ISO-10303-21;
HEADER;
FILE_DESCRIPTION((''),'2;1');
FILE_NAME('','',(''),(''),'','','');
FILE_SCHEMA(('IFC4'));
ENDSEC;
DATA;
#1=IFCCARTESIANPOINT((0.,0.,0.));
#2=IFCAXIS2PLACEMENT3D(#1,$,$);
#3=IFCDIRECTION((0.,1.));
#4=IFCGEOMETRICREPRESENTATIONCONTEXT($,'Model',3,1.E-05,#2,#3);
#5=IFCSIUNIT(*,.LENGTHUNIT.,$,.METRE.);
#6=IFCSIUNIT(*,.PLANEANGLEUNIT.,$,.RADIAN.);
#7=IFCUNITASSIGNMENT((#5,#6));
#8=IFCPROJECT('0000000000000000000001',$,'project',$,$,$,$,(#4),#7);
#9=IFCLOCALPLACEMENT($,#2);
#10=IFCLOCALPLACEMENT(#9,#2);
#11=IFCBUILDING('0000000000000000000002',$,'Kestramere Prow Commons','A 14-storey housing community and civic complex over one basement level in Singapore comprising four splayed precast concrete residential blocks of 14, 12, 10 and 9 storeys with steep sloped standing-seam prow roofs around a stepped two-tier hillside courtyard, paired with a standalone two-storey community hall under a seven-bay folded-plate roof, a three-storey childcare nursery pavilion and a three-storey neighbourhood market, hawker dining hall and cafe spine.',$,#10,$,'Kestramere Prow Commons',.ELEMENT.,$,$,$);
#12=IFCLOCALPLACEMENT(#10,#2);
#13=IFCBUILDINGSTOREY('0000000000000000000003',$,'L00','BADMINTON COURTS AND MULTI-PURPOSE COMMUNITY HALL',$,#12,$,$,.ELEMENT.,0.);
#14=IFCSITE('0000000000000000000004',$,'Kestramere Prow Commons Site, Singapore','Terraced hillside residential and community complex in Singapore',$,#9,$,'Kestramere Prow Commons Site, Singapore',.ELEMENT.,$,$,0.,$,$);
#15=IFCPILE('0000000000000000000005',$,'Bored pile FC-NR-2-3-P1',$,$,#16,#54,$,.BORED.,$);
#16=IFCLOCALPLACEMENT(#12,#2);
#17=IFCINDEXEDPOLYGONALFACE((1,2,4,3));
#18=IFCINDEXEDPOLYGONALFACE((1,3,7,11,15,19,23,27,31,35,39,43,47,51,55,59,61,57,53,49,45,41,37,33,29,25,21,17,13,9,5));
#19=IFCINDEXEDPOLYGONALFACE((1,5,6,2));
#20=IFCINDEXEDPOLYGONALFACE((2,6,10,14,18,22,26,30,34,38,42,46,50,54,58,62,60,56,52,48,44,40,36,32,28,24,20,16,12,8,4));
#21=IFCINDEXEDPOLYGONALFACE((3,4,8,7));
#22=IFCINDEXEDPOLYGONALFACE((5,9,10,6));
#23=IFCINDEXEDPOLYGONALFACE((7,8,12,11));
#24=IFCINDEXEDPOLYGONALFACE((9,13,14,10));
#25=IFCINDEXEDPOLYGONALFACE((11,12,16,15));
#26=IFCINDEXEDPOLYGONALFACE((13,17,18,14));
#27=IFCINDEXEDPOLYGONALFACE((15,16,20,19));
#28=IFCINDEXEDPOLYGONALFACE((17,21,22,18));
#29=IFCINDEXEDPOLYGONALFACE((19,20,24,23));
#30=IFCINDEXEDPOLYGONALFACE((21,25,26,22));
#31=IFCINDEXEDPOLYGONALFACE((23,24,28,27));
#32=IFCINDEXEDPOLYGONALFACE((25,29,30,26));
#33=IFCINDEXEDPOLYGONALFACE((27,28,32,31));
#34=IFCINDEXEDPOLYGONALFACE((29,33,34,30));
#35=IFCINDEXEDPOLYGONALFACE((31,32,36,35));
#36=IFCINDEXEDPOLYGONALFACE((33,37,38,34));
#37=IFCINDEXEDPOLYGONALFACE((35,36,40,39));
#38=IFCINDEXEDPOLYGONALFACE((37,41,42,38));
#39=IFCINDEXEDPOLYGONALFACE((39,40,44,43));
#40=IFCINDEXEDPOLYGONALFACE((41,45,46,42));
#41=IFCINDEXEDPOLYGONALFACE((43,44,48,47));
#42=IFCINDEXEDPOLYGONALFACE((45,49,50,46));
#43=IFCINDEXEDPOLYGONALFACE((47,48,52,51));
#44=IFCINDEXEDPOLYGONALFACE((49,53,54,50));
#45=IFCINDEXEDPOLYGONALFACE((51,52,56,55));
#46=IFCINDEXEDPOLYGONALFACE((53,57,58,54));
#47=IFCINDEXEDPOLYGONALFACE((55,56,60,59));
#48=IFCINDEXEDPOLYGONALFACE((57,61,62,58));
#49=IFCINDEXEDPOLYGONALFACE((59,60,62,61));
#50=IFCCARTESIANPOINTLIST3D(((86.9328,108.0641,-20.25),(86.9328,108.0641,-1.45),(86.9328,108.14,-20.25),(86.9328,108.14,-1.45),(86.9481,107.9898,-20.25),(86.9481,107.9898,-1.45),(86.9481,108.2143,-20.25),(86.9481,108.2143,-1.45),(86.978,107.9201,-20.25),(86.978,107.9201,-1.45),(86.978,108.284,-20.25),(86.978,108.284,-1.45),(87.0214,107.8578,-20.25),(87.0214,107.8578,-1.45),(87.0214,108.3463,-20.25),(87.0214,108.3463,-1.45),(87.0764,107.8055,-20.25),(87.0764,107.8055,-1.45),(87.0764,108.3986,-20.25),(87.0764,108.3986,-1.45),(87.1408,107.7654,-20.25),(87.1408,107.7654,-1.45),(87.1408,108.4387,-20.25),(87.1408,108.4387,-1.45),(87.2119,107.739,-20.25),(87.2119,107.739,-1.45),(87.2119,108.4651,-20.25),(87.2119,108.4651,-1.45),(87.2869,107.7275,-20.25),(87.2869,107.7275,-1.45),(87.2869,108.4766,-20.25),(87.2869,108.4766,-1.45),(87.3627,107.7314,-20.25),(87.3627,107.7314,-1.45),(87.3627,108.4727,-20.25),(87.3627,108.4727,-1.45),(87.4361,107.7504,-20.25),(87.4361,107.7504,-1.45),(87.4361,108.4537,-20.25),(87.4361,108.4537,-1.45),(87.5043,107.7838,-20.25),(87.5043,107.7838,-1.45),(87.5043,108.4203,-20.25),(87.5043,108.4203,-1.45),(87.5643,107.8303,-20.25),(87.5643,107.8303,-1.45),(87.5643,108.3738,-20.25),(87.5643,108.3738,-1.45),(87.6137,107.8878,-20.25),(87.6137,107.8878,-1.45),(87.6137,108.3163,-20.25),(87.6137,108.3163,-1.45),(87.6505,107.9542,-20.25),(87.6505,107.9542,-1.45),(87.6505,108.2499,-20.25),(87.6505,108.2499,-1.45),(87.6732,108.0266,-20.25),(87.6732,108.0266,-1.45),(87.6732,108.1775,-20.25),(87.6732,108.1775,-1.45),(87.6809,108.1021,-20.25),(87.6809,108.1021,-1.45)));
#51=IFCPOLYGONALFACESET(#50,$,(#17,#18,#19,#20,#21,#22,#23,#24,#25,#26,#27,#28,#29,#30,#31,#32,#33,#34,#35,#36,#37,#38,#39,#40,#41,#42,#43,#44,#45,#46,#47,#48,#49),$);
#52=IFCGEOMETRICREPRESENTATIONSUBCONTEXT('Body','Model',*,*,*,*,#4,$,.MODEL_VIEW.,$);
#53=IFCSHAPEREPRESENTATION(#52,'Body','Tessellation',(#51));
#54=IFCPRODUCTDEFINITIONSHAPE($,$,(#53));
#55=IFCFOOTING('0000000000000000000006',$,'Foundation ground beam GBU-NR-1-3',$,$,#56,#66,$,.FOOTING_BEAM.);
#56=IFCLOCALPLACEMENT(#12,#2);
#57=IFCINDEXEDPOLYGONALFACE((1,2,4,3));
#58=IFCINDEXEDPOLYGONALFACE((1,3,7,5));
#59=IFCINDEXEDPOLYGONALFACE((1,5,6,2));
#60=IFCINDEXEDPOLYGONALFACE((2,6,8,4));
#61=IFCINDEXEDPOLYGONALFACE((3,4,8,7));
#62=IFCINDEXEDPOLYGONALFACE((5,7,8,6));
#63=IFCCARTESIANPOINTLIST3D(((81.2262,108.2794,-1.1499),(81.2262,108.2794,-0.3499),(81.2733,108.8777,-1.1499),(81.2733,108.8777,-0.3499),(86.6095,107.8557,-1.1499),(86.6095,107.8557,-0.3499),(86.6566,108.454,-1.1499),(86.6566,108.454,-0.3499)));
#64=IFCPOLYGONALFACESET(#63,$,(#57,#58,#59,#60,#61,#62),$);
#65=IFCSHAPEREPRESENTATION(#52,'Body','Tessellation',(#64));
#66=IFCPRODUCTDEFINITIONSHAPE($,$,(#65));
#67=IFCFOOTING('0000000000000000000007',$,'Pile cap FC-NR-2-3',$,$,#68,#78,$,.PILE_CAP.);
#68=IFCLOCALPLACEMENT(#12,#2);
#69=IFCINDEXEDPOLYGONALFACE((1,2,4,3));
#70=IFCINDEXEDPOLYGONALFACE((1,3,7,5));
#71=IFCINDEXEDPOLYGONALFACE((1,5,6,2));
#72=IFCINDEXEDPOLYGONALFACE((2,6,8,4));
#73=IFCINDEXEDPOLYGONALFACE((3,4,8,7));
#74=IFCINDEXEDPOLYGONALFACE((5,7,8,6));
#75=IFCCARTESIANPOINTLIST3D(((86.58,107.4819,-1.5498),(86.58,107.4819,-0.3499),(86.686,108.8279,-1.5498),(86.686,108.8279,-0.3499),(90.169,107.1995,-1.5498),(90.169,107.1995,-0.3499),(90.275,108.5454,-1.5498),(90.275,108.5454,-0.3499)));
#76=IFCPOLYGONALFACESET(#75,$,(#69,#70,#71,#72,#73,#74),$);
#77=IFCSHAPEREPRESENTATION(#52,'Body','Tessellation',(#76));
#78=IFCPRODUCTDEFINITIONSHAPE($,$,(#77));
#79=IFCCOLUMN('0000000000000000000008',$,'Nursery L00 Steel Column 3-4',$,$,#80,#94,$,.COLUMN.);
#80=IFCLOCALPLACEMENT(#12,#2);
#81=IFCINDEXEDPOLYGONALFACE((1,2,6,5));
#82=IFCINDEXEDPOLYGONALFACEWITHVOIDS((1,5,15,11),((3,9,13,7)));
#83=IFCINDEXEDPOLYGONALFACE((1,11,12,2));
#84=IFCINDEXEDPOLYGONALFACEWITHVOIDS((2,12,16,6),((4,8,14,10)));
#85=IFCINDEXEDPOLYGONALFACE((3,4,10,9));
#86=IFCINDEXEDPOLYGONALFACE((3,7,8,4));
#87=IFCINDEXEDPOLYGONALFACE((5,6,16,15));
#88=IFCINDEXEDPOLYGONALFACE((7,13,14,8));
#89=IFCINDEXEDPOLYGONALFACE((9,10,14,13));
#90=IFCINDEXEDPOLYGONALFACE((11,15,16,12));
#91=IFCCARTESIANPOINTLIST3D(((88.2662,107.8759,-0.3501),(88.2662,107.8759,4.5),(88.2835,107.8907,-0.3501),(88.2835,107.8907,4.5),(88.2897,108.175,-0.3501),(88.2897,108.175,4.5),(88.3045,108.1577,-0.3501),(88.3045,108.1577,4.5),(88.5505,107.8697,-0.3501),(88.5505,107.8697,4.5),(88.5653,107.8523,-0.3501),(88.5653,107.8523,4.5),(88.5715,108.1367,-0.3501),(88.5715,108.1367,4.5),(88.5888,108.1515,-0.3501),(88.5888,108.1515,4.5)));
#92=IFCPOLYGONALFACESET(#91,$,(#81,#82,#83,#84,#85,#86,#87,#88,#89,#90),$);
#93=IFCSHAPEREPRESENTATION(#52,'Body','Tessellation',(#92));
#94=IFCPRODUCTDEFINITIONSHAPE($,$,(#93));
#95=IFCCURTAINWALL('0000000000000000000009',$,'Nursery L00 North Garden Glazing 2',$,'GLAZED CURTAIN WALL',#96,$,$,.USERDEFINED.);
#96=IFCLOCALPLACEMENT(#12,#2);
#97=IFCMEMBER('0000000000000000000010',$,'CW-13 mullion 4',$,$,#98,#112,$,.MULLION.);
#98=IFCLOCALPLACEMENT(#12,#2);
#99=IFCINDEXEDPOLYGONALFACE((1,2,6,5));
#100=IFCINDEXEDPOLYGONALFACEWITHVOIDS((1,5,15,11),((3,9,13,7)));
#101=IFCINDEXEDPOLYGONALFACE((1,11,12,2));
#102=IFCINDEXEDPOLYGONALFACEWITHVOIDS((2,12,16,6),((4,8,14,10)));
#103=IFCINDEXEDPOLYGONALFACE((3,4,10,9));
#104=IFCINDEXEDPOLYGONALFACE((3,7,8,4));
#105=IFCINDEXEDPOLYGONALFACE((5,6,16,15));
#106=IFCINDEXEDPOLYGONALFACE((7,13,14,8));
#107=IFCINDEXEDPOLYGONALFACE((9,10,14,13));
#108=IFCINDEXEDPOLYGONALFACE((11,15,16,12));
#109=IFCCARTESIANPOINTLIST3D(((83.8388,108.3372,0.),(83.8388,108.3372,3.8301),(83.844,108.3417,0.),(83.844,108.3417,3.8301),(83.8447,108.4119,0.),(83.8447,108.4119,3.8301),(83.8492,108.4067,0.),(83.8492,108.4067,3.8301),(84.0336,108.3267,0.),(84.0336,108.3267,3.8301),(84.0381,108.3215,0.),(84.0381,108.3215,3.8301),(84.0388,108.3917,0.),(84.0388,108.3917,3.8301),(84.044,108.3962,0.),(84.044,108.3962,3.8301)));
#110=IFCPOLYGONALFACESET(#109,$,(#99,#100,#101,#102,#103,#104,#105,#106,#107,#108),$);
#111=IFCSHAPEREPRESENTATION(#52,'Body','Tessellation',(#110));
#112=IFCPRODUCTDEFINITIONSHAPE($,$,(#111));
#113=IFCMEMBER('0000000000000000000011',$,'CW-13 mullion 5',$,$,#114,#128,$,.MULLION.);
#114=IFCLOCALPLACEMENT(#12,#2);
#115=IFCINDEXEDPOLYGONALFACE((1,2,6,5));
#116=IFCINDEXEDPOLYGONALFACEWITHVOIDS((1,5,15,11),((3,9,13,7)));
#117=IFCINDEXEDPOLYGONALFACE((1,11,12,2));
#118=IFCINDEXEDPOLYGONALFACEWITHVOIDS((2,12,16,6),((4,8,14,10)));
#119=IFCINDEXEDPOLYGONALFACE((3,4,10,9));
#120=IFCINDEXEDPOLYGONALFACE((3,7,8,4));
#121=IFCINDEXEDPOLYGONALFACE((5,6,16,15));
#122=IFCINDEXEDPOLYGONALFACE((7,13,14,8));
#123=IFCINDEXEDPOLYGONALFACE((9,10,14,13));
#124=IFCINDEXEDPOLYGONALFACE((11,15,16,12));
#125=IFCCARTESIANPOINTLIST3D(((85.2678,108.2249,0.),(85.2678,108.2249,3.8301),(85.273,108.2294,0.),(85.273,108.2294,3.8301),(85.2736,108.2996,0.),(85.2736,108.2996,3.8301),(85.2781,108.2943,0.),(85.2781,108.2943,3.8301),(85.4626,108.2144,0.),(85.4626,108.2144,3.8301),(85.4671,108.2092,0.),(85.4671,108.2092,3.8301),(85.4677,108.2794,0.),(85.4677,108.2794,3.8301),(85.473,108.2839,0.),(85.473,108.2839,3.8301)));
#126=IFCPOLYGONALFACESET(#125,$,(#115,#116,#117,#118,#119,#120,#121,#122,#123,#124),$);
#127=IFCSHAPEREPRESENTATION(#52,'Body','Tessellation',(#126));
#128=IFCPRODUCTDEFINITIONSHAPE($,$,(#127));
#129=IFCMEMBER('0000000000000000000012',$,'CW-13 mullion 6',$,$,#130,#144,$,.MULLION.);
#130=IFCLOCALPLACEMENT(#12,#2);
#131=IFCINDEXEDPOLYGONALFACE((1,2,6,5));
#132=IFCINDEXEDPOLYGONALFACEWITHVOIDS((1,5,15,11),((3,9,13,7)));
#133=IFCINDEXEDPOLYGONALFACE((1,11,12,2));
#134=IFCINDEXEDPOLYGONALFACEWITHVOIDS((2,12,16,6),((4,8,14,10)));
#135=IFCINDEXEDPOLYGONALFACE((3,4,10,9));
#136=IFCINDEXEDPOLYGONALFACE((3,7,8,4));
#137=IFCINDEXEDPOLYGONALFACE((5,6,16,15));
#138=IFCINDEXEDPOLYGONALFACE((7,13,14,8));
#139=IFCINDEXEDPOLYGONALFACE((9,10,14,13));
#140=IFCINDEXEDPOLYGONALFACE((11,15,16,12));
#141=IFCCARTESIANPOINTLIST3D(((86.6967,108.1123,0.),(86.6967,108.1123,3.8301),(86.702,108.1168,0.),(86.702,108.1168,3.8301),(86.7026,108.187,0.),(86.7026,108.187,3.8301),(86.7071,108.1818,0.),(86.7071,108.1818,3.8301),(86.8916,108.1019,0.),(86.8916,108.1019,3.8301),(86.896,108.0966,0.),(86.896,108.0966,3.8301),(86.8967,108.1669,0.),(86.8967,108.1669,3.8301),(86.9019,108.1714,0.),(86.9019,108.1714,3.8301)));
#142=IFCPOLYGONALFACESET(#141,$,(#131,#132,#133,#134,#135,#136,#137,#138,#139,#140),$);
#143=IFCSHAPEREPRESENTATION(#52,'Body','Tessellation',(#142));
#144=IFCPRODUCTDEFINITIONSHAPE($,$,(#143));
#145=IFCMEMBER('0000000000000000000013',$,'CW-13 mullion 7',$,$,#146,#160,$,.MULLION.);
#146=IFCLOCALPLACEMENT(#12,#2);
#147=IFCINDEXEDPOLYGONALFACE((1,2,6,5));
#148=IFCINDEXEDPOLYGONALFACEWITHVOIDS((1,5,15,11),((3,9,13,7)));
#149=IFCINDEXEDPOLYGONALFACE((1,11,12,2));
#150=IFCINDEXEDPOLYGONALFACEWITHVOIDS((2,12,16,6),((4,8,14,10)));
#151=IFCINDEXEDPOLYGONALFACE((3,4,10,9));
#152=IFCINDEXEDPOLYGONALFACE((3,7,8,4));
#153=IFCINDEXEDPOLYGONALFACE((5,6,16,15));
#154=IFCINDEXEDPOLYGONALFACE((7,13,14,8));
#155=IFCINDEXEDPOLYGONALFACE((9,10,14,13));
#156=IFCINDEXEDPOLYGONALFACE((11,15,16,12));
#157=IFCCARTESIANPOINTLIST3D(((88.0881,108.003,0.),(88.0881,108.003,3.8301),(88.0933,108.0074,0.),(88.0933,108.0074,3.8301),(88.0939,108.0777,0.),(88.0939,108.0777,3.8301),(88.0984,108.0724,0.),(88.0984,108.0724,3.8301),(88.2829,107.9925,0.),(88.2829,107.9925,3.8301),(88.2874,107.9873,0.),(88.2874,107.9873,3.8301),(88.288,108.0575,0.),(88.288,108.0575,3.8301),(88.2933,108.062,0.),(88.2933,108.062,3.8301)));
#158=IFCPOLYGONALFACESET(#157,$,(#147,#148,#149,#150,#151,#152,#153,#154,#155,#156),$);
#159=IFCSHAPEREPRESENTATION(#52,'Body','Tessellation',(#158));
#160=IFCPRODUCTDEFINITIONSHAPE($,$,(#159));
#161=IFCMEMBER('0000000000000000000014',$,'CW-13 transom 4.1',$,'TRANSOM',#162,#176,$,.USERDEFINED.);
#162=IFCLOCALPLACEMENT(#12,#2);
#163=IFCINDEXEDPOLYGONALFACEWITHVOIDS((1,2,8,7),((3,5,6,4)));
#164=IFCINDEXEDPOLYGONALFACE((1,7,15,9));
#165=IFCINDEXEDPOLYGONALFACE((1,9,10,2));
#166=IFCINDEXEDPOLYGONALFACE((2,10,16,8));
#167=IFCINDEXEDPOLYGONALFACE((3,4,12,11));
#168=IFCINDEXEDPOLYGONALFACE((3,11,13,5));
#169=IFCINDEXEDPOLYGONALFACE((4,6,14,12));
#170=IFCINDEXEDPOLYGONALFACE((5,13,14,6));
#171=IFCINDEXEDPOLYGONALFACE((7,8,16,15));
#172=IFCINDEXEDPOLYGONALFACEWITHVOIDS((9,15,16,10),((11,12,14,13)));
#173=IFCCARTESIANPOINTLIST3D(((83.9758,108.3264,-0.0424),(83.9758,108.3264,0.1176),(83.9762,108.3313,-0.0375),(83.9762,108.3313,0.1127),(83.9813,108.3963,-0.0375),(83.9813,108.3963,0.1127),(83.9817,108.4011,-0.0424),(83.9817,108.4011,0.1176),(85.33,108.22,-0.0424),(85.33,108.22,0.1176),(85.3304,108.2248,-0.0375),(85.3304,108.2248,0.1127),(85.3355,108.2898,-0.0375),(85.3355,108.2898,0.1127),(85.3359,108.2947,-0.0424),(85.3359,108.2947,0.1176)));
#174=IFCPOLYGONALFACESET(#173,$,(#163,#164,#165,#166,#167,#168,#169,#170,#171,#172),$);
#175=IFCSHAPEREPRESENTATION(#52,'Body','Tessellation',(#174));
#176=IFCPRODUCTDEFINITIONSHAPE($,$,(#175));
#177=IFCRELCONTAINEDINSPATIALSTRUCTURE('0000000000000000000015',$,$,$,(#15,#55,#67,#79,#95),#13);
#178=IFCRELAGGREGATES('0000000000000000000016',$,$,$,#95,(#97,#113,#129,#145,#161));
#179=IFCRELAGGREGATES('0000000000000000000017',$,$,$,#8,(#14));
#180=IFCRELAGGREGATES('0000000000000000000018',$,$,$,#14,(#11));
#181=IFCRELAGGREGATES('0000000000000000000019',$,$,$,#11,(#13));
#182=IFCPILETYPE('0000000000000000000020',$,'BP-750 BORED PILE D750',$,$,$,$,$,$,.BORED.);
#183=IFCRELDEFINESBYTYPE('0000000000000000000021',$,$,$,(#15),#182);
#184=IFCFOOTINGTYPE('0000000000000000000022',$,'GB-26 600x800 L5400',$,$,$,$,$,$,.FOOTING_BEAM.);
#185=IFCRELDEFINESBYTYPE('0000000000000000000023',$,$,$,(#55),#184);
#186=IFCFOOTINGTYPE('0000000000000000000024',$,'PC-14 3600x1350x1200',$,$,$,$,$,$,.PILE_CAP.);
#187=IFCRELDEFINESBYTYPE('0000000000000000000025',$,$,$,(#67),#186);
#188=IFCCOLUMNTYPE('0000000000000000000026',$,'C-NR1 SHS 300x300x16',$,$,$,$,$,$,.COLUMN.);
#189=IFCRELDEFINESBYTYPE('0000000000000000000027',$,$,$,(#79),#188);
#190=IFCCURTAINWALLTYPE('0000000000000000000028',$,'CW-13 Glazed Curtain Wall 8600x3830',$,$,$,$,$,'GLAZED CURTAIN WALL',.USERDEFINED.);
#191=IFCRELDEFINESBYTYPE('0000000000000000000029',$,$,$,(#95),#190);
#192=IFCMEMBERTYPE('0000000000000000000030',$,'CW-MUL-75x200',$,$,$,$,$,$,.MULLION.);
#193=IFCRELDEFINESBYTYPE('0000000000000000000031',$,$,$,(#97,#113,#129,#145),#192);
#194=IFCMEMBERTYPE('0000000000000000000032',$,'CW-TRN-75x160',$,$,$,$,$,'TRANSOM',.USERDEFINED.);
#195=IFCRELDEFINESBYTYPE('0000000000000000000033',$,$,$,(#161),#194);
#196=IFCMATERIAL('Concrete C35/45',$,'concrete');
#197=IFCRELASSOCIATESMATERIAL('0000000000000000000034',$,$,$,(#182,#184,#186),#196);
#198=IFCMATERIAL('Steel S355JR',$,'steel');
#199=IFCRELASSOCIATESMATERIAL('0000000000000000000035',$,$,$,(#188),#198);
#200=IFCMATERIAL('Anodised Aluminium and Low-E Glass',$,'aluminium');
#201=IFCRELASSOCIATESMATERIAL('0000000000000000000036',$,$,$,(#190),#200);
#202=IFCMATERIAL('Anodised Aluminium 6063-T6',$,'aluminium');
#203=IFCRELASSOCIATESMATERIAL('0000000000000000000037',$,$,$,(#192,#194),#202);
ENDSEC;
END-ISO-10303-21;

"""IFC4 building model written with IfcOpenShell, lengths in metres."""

from ifc_helpers import new_model, si_unit, direction, frame, origin, origin_2d, place, context, subcontext, project, spatial, rectangle, hollow_rectangle, circle, extrude, material, material_profile, profile_set, type_object, element, aggregate, save


model = new_model("IFC4")

# Units and contexts
model_context = context("Model", 3, precision=1e-05, world=origin(), true_north=direction((0.0, 1.0)))
body_context = subcontext(model_context, "Body", "Model", "MODEL_VIEW")
ifc_project = project(units=[si_unit("LENGTHUNIT", "METRE"), si_unit("PLANEANGLEUNIT", "RADIAN")], contexts=[model_context])

# Site, building, storey
site_placement = place(None, origin())
site = spatial("IfcSite", under=ifc_project, at=site_placement, Name="Kestramere Prow Commons Site, Singapore", Description="Terraced hillside residential and community complex in Singapore", LongName="Kestramere Prow Commons Site, Singapore", CompositionType="ELEMENT", RefElevation=0.0)
building_placement = place(site_placement, origin())
building = spatial("IfcBuilding", under=site, at=building_placement, Name="Kestramere Prow Commons", Description="A 14-storey housing community and civic complex over one basement level in Singapore comprising four splayed precast concrete residential blocks of 14, 12, 10 and 9 storeys with steep sloped standing-seam prow roofs around a stepped two-tier hillside courtyard, paired with a standalone two-storey community hall under a seven-bay folded-plate roof, a three-storey childcare nursery pavilion and a three-storey neighbourhood market, hawker dining hall and cafe spine.", LongName="Kestramere Prow Commons", CompositionType="ELEMENT")
storey_placement = place(building_placement, origin())
storey = spatial("IfcBuildingStorey", under=building, at=storey_placement, Name="L00", Description="BADMINTON COURTS AND MULTI-PURPOSE COMMUNITY HALL", CompositionType="ELEMENT", Elevation=0.0)

# Pile
ifc_material_1 = material(Name="Concrete C35/45", Category="concrete")
ifc_material_profile_1 = material_profile(ifc_material_1, circle(Radius=0.375, at=origin_2d()), Name="BORED PILE D750")
ifc_profile_set_1 = profile_set([ifc_material_profile_1], Name="Concrete C35/45")
pile_type = type_object("IfcPileType", Name="BP-750 BORED PILE D750", PredefinedType="BORED", material=ifc_profile_set_1)
pile_placement = place(storey_placement, frame((87.3059, 108.1021, -1.45), z_axis=(0.0, 0.0, -1.0), x_axis=(1.0, 0.0, 0.0)))
element("IfcPile", 1, at=pile_placement, inside=storey, type_object=pile_type, Name="Bored pile FC-NR-2-3-P1", PredefinedType="BORED", context=body_context, shape_type="SweptSolid", body=[
    extrude(circle(Radius=0.375, at=origin_2d()), origin(), (0.0, 0.0, 1.0), 18.8),
])

# Footings
footing_type_1 = type_object("IfcFootingType", Name="GB-26 600x800 L5400", PredefinedType="FOOTING_BEAM", material=ifc_material_1)
footing_1_placement = place(storey_placement, frame((83.9414, 108.3667, -1.1499), z_axis=(0.0, 0.0, 1.0), x_axis=(0.996917, -0.078459, 0.0)))
element("IfcFooting", 2, at=footing_1_placement, inside=storey, type_object=footing_type_1, Name="Foundation ground beam GBU-NR-1-3", PredefinedType="FOOTING_BEAM", context=body_context, shape_type="SweptSolid", body=[
    extrude(rectangle(XDim=5.3999, YDim=0.6001, at=origin_2d()), origin(), (0.0, 0.0, 1.0), 0.8),
])
footing_type_2 = type_object("IfcFootingType", Name="PC-14 3600x1350x1200", PredefinedType="PILE_CAP", material=ifc_material_1)
footing_2_placement = place(storey_placement, frame((88.4275, 108.0137, -1.5498), z_axis=(0.0, 0.0, 1.0), x_axis=(0.996917, -0.078459, 0.0)))
element("IfcFooting", 3, at=footing_2_placement, inside=storey, type_object=footing_type_2, Name="Pile cap FC-NR-2-3", PredefinedType="PILE_CAP", context=body_context, shape_type="SweptSolid", body=[
    extrude(rectangle(XDim=3.6001, YDim=1.3501, at=origin_2d()), origin(), (0.0, 0.0, 1.0), 1.2),
])

# Column
ifc_material_2 = material(Name="Steel S355JR", Category="steel")
ifc_material_profile_2 = material_profile(ifc_material_2, hollow_rectangle(XDim=0.3, YDim=0.3, WallThickness=0.0161, at=origin_2d()), Name="SHS 300x300x16")
ifc_profile_set_2 = profile_set([ifc_material_profile_2], Name="Steel S355JR")
column_type = type_object("IfcColumnType", Name="C-NR1 SHS 300x300x16", PredefinedType="COLUMN", material=ifc_profile_set_2)
column_placement = place(storey_placement, frame((88.4275, 108.0137, -0.3501), z_axis=(0.0, 0.0, 1.0), x_axis=(0.996917, -0.078459, 0.0)))
element("IfcColumn", 4, at=column_placement, inside=storey, type_object=column_type, Name="Nursery L00 Steel Column 3-4", PredefinedType="COLUMN", context=body_context, shape_type="SweptSolid", body=[
    extrude(hollow_rectangle(XDim=0.3, YDim=0.3, WallThickness=0.0161, at=origin_2d()), origin(), (0.0, 0.0, 1.0), 4.8501),
])

# Curtain wall, members
ifc_material_3 = material(Name="Anodised Aluminium and Low-E Glass", Category="aluminium")
curtain_wall_type = type_object("IfcCurtainWallType", Name="CW-13 Glazed Curtain Wall 8600x3830", ElementType="GLAZED CURTAIN WALL", PredefinedType="USERDEFINED", material=ifc_material_3)
curtain_wall_placement = place(storey_placement, origin())
curtain_wall = element("IfcCurtainWall", 5, at=curtain_wall_placement, inside=storey, type_object=curtain_wall_type, Name="Nursery L00 North Garden Glazing 2", ObjectType="GLAZED CURTAIN WALL", PredefinedType="USERDEFINED")
ifc_material_4 = material(Name="Anodised Aluminium 6063-T6", Category="aluminium")
ifc_material_profile_3 = material_profile(ifc_material_4, hollow_rectangle(XDim=0.075, YDim=0.2, WallThickness=0.0049, at=origin_2d()), Name="ALU-MUL 75x200")
ifc_profile_set_3 = profile_set([ifc_material_profile_3], Name="Anodised Aluminium 6063-T6")
member_type_1 = type_object("IfcMemberType", Name="CW-MUL-75x200", PredefinedType="MULLION", material=ifc_profile_set_3)
member_1_placement = place(storey_placement, frame((83.9414, 108.3667, 0.0), z_axis=(0.0, 0.0, 1.0), x_axis=(0.078459, 0.996917, 0.0)))
member_1 = element("IfcMember", 6, at=member_1_placement, type_object=member_type_1, Name="CW-13 mullion 4", PredefinedType="MULLION", context=body_context, shape_type="SweptSolid", body=[
    extrude(hollow_rectangle(XDim=0.075, YDim=0.2, WallThickness=0.0049, at=origin_2d()), origin(), (0.0, 0.0, 1.0), 3.8301),
])
member_2_placement = place(storey_placement, frame((85.3704, 108.2544, 0.0), z_axis=(0.0, 0.0, 1.0), x_axis=(0.078459, 0.996917, 0.0)))
member_2 = element("IfcMember", 7, at=member_2_placement, type_object=member_type_1, Name="CW-13 mullion 5", PredefinedType="MULLION", context=body_context, shape_type="SweptSolid", body=[
    extrude(hollow_rectangle(XDim=0.075, YDim=0.2, WallThickness=0.0049, at=origin_2d()), origin(), (0.0, 0.0, 1.0), 3.8301),
])
member_3_placement = place(storey_placement, frame((86.7993, 108.1418, 0.0), z_axis=(0.0, 0.0, 1.0), x_axis=(0.078459, 0.996917, 0.0)))
member_3 = element("IfcMember", 8, at=member_3_placement, type_object=member_type_1, Name="CW-13 mullion 6", PredefinedType="MULLION", context=body_context, shape_type="SweptSolid", body=[
    extrude(hollow_rectangle(XDim=0.075, YDim=0.2, WallThickness=0.0049, at=origin_2d()), origin(), (0.0, 0.0, 1.0), 3.8301),
])
member_4_placement = place(storey_placement, frame((88.1907, 108.0325, 0.0), z_axis=(0.0, 0.0, 1.0), x_axis=(0.078459, 0.996917, 0.0)))
member_4 = element("IfcMember", 9, at=member_4_placement, type_object=member_type_1, Name="CW-13 mullion 7", PredefinedType="MULLION", context=body_context, shape_type="SweptSolid", body=[
    extrude(hollow_rectangle(XDim=0.075, YDim=0.2, WallThickness=0.0049, at=origin_2d()), origin(), (0.0, 0.0, 1.0), 3.8301),
])
ifc_material_profile_4 = material_profile(ifc_material_4, hollow_rectangle(XDim=0.075, YDim=0.1599, WallThickness=0.0049, at=origin_2d()), Name="ALU-TRN 75x160")
ifc_profile_set_4 = profile_set([ifc_material_profile_4], Name="Anodised Aluminium 6063-T6")
member_type_2 = type_object("IfcMemberType", Name="CW-TRN-75x160", ElementType="TRANSOM", PredefinedType="USERDEFINED", material=ifc_profile_set_4)
member_5_placement = place(storey_placement, frame((83.9788, 108.3638, 0.0376), z_axis=(0.996925, -0.078359, 0.0), x_axis=(0.078359, 0.996925, 0.0)))
member_5 = element("IfcMember", 10, at=member_5_placement, type_object=member_type_2, Name="CW-13 transom 4.1", ObjectType="TRANSOM", PredefinedType="USERDEFINED", context=body_context, shape_type="SweptSolid", body=[
    extrude(hollow_rectangle(XDim=0.075, YDim=0.1599, WallThickness=0.0049, at=origin_2d()), origin(), (0.0, 0.0, 1.0), 1.3584),
])
aggregate(curtain_wall, [member_1, member_2, member_3, member_4, member_5])

save(model, "model.ifc")
